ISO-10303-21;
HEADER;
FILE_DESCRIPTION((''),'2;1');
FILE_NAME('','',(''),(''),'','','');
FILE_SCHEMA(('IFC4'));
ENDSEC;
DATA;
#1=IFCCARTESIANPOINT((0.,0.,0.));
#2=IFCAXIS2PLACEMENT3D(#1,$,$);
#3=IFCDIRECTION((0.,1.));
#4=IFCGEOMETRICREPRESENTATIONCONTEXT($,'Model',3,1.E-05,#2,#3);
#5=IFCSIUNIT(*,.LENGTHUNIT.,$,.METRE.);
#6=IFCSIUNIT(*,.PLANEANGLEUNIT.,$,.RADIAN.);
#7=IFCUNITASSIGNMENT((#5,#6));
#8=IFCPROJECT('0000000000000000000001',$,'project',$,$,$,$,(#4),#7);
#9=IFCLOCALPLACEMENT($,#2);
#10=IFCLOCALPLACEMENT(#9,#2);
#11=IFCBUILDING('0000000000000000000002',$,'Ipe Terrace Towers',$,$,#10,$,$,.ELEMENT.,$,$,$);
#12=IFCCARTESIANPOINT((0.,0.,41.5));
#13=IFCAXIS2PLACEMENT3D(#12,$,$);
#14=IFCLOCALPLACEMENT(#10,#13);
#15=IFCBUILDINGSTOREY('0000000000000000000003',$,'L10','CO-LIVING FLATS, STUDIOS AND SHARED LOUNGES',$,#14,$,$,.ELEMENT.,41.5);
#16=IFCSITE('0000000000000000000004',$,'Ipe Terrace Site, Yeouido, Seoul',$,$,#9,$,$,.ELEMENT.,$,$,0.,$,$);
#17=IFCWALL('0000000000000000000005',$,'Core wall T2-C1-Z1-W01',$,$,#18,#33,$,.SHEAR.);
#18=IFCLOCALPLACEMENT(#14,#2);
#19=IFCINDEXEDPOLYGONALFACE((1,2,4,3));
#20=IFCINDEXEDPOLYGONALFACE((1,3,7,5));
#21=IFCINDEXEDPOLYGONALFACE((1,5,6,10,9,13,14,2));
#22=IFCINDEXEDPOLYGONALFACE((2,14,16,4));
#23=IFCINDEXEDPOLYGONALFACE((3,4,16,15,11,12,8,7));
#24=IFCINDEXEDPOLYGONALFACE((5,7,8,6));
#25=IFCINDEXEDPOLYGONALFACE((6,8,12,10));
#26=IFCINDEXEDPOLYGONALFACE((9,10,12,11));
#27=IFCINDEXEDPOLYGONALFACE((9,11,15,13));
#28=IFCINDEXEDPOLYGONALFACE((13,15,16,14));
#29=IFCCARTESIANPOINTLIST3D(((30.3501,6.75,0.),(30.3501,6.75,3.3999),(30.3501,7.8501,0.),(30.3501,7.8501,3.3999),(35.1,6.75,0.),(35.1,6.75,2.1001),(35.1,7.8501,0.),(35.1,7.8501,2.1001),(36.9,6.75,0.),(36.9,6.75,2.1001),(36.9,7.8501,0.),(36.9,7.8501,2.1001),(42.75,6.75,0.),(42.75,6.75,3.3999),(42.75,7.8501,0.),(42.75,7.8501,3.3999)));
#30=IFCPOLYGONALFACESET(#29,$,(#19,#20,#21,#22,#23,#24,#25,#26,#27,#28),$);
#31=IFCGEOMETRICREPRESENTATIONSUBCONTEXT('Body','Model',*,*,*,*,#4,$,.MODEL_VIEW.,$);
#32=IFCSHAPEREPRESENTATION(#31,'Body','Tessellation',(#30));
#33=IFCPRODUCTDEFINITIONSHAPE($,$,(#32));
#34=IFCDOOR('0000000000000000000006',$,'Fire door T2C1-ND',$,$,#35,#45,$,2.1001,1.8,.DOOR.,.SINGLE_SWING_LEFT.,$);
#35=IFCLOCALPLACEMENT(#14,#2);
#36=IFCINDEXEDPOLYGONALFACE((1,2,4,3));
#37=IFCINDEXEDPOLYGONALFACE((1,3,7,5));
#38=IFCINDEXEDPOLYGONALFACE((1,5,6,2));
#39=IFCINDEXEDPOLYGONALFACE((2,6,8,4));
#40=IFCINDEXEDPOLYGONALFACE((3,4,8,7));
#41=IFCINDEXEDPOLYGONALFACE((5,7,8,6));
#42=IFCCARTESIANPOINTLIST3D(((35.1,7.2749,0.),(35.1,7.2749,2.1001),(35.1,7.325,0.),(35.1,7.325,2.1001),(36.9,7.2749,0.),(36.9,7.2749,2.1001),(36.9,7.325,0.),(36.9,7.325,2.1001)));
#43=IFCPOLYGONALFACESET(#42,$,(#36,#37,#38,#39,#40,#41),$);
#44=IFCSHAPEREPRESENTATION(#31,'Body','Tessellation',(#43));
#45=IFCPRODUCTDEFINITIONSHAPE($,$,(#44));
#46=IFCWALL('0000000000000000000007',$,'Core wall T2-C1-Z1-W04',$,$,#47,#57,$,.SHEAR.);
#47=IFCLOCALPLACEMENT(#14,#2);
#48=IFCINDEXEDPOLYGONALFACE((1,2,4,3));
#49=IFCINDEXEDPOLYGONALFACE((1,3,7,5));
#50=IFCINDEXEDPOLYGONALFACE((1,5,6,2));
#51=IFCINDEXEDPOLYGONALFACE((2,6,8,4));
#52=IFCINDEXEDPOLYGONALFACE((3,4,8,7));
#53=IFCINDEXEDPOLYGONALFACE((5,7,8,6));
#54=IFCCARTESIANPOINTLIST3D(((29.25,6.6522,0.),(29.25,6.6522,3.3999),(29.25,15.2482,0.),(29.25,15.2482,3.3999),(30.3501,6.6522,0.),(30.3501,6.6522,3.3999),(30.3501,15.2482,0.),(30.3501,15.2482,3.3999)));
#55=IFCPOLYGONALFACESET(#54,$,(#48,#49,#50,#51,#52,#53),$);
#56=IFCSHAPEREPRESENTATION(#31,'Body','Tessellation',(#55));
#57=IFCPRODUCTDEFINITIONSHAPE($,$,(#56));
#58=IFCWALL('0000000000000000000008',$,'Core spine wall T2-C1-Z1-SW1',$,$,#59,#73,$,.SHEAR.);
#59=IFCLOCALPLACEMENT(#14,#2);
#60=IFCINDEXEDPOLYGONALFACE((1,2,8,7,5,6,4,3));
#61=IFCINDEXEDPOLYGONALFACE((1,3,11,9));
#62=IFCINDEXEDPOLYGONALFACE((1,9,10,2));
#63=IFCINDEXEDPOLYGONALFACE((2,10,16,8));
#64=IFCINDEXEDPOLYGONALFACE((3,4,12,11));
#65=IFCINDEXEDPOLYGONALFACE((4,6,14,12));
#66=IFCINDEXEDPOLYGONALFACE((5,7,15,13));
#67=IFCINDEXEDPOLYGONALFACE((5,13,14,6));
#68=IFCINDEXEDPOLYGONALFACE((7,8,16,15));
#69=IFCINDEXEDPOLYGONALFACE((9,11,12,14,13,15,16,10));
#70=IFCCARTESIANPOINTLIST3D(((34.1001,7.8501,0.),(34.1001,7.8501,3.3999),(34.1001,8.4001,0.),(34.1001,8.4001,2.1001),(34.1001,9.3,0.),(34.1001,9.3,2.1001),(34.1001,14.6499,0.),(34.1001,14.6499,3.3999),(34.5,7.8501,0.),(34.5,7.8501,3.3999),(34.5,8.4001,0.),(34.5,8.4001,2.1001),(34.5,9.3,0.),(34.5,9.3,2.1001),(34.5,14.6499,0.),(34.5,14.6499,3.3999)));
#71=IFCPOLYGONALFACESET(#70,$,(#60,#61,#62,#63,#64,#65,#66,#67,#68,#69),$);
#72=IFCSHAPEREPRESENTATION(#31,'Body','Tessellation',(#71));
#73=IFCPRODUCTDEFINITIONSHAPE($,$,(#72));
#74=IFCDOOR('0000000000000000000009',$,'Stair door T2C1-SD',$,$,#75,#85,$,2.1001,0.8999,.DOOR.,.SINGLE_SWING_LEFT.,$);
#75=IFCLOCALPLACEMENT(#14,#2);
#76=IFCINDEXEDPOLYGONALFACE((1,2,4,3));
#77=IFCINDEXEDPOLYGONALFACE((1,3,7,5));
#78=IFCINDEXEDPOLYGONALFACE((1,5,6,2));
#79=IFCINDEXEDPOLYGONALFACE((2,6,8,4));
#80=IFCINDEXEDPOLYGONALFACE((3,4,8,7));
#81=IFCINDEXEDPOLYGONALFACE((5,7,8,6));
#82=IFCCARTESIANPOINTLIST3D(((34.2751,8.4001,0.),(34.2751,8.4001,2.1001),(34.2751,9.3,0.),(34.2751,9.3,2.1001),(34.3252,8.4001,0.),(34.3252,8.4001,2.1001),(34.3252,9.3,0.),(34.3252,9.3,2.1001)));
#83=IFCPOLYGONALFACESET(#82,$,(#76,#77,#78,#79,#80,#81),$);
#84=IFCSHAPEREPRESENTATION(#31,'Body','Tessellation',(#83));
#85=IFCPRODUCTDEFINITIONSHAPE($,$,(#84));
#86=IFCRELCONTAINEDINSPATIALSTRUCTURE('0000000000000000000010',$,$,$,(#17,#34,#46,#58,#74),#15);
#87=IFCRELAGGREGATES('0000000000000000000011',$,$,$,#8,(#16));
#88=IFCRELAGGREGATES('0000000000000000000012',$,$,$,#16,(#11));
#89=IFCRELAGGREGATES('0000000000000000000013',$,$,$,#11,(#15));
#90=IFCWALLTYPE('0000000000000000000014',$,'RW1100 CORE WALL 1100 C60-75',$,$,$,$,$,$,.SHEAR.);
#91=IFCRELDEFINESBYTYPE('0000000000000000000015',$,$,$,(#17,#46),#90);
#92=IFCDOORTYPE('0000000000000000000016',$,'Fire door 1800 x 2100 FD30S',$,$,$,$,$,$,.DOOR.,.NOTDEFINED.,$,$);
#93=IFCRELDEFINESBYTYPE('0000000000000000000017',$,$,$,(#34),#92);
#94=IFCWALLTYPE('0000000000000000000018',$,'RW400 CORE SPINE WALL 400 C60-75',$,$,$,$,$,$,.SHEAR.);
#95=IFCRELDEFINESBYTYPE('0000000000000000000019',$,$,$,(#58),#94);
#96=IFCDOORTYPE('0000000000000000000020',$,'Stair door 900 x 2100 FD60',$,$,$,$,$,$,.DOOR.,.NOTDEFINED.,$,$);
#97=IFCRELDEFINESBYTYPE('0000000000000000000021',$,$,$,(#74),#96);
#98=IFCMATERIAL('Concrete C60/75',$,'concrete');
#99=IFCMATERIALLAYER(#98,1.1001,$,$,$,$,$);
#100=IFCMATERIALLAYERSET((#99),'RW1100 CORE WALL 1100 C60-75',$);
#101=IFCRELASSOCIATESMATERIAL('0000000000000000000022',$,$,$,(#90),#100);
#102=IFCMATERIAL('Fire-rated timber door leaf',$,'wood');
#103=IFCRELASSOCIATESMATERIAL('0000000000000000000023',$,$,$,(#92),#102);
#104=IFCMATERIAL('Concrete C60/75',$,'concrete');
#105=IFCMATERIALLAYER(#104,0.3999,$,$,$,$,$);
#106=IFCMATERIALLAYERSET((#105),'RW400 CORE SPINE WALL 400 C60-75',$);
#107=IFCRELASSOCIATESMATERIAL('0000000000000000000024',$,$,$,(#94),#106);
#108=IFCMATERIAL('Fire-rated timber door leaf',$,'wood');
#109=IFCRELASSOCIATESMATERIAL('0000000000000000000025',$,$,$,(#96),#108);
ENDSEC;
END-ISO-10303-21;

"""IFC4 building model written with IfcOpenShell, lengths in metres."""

from ifc_helpers import new_model, si_unit, direction, frame, frame_2d, origin, place, context, subcontext, project, spatial, rectangle, extrude, material, layer, layer_set, type_object, element, fill, save


model = new_model("IFC4")

# Units and contexts
model_context = context("Model", 3, precision=1e-05, world=origin(), true_north=direction((0.0, 1.0)))
body_context = subcontext(model_context, "Body", "Model", "MODEL_VIEW")
ifc_project = project(units=[si_unit("LENGTHUNIT", "METRE"), si_unit("PLANEANGLEUNIT", "RADIAN")], contexts=[model_context])

# Site, building, storey
site_placement = place(None, origin())
site = spatial("IfcSite", under=ifc_project, at=site_placement, Name="Ipe Terrace Site, Yeouido, Seoul", CompositionType="ELEMENT", RefElevation=0.0)
building_placement = place(site_placement, origin())
building = spatial("IfcBuilding", under=site, at=building_placement, Name="Ipe Terrace Towers", CompositionType="ELEMENT")
storey_placement = place(building_placement, frame((0.0, 0.0, 41.5)))
storey = spatial("IfcBuildingStorey", under=building, at=storey_placement, Name="L10", Description="CO-LIVING FLATS, STUDIOS AND SHARED LOUNGES", CompositionType="ELEMENT", Elevation=41.5)

# Wall, opening, door
ifc_material_1 = material(Name="Concrete C60/75", Category="concrete")
ifc_layer_1 = layer(ifc_material_1, 1.1001)
ifc_layer_set_1 = layer_set([ifc_layer_1], Name="RW1100 CORE WALL 1100 C60-75")
wall_type_1 = type_object("IfcWallType", Name="RW1100 CORE WALL 1100 C60-75", PredefinedType="SHEAR", material=ifc_layer_set_1)
wall_1_placement = place(storey_placement, frame((30.3501, 7.3, 0.0), z_axis=(0.0, 0.0, 1.0), x_axis=(1.0, 0.0, 0.0)))
wall_1 = element("IfcWall", 1, at=wall_1_placement, inside=storey, type_object=wall_type_1, Name="Core wall T2-C1-Z1-W01", PredefinedType="SHEAR", context=body_context, shape_type="SweptSolid", body=[
    extrude(rectangle(XDim=12.3999, YDim=1.1001, at=frame_2d((6.2, 0.0))), origin(), (0.0, 0.0, 1.0), 3.3999),
])
opening_1_placement = place(wall_1_placement, frame((4.75, 0.0, 0.0)))
opening_1 = element("IfcOpeningElement", 2, at=opening_1_placement, cuts=wall_1, PredefinedType="OPENING", context=body_context, shape_type="SweptSolid", body=[
    extrude(rectangle(XDim=1.8, YDim=2.1001, at=frame_2d((0.8999, 1.05))), frame((0.0, 0.5601, 0.0), z_axis=(0.0, -1.0, 0.0), x_axis=(1.0, 0.0, 0.0)), (0.0, 0.0, 1.0), 1.1201),
])
ifc_material_2 = material(Name="Fire-rated timber door leaf", Category="wood")
door_type_1 = type_object("IfcDoorType", Name="Fire door 1800 x 2100 FD30S", OperationType="NOTDEFINED", PredefinedType="DOOR", material=ifc_material_2)
door_1_placement = place(opening_1_placement, origin())
door_1 = element("IfcDoor", 3, at=door_1_placement, inside=storey, type_object=door_type_1, Name="Fire door T2C1-ND", OperationType="SINGLE_SWING_LEFT", OverallHeight=2.1001, OverallWidth=1.8, PredefinedType="DOOR", context=body_context, shape_type="SweptSolid", body=[
    extrude(rectangle(XDim=1.8, YDim=2.1001, at=frame_2d((0.8999, 1.05))), frame((0.0, 0.0249, 0.0), z_axis=(0.0, -1.0, 0.0), x_axis=(1.0, 0.0, 0.0)), (0.0, 0.0, 1.0), 0.05),
])
fill(opening_1, door_1)

# Wall
wall_2_placement = place(storey_placement, frame((29.8, 15.248, 0.0), z_axis=(0.0, 0.0, 1.0), x_axis=(0.0, -1.0, 0.0)))
element("IfcWall", 4, at=wall_2_placement, inside=storey, type_object=wall_type_1, Name="Core wall T2-C1-Z1-W04", PredefinedType="SHEAR", context=body_context, shape_type="SweptSolid", body=[
    extrude(rectangle(XDim=8.5959, YDim=1.1001, at=frame_2d((4.2979, 0.0))), origin(), (0.0, 0.0, 1.0), 3.3999),
])

# Wall, opening, door
ifc_material_3 = material(Name="Concrete C60/75", Category="concrete")
ifc_layer_2 = layer(ifc_material_3, 0.3999)
ifc_layer_set_2 = layer_set([ifc_layer_2], Name="RW400 CORE SPINE WALL 400 C60-75")
wall_type_2 = type_object("IfcWallType", Name="RW400 CORE SPINE WALL 400 C60-75", PredefinedType="SHEAR", material=ifc_layer_set_2)
wall_3_placement = place(storey_placement, frame((34.3, 7.8501, 0.0), z_axis=(0.0, 0.0, 1.0), x_axis=(0.0, 1.0, 0.0)))
wall_3 = element("IfcWall", 5, at=wall_3_placement, inside=storey, type_object=wall_type_2, Name="Core spine wall T2-C1-Z1-SW1", PredefinedType="SHEAR", context=body_context, shape_type="SweptSolid", body=[
    extrude(rectangle(XDim=6.7998, YDim=0.3999, at=frame_2d((3.3999, 0.0))), origin(), (0.0, 0.0, 1.0), 3.3999),
])
opening_2_placement = place(wall_3_placement, frame((0.55, 0.0, 0.0)))
opening_2 = element("IfcOpeningElement", 6, at=opening_2_placement, cuts=wall_3, PredefinedType="OPENING", context=body_context, shape_type="SweptSolid", body=[
    extrude(rectangle(XDim=0.8999, YDim=2.1001, at=frame_2d((0.45, 1.05))), frame((0.0, 0.21, 0.0), z_axis=(0.0, -1.0, 0.0), x_axis=(1.0, 0.0, 0.0)), (0.0, 0.0, 1.0), 0.4199),
])
ifc_material_4 = material(Name="Fire-rated timber door leaf", Category="wood")
door_type_2 = type_object("IfcDoorType", Name="Stair door 900 x 2100 FD60", OperationType="NOTDEFINED", PredefinedType="DOOR", material=ifc_material_4)
door_2_placement = place(opening_2_placement, origin())
door_2 = element("IfcDoor", 7, at=door_2_placement, inside=storey, type_object=door_type_2, Name="Stair door T2C1-SD", OperationType="SINGLE_SWING_LEFT", OverallHeight=2.1001, OverallWidth=0.8999, PredefinedType="DOOR", context=body_context, shape_type="SweptSolid", body=[
    extrude(rectangle(XDim=0.8999, YDim=2.1001, at=frame_2d((0.45, 1.05))), frame((0.0, 0.0249, 0.0), z_axis=(0.0, -1.0, 0.0), x_axis=(1.0, 0.0, 0.0)), (0.0, 0.0, 1.0), 0.05),
])
fill(opening_2, door_2)

save(model, "model.ifc")
